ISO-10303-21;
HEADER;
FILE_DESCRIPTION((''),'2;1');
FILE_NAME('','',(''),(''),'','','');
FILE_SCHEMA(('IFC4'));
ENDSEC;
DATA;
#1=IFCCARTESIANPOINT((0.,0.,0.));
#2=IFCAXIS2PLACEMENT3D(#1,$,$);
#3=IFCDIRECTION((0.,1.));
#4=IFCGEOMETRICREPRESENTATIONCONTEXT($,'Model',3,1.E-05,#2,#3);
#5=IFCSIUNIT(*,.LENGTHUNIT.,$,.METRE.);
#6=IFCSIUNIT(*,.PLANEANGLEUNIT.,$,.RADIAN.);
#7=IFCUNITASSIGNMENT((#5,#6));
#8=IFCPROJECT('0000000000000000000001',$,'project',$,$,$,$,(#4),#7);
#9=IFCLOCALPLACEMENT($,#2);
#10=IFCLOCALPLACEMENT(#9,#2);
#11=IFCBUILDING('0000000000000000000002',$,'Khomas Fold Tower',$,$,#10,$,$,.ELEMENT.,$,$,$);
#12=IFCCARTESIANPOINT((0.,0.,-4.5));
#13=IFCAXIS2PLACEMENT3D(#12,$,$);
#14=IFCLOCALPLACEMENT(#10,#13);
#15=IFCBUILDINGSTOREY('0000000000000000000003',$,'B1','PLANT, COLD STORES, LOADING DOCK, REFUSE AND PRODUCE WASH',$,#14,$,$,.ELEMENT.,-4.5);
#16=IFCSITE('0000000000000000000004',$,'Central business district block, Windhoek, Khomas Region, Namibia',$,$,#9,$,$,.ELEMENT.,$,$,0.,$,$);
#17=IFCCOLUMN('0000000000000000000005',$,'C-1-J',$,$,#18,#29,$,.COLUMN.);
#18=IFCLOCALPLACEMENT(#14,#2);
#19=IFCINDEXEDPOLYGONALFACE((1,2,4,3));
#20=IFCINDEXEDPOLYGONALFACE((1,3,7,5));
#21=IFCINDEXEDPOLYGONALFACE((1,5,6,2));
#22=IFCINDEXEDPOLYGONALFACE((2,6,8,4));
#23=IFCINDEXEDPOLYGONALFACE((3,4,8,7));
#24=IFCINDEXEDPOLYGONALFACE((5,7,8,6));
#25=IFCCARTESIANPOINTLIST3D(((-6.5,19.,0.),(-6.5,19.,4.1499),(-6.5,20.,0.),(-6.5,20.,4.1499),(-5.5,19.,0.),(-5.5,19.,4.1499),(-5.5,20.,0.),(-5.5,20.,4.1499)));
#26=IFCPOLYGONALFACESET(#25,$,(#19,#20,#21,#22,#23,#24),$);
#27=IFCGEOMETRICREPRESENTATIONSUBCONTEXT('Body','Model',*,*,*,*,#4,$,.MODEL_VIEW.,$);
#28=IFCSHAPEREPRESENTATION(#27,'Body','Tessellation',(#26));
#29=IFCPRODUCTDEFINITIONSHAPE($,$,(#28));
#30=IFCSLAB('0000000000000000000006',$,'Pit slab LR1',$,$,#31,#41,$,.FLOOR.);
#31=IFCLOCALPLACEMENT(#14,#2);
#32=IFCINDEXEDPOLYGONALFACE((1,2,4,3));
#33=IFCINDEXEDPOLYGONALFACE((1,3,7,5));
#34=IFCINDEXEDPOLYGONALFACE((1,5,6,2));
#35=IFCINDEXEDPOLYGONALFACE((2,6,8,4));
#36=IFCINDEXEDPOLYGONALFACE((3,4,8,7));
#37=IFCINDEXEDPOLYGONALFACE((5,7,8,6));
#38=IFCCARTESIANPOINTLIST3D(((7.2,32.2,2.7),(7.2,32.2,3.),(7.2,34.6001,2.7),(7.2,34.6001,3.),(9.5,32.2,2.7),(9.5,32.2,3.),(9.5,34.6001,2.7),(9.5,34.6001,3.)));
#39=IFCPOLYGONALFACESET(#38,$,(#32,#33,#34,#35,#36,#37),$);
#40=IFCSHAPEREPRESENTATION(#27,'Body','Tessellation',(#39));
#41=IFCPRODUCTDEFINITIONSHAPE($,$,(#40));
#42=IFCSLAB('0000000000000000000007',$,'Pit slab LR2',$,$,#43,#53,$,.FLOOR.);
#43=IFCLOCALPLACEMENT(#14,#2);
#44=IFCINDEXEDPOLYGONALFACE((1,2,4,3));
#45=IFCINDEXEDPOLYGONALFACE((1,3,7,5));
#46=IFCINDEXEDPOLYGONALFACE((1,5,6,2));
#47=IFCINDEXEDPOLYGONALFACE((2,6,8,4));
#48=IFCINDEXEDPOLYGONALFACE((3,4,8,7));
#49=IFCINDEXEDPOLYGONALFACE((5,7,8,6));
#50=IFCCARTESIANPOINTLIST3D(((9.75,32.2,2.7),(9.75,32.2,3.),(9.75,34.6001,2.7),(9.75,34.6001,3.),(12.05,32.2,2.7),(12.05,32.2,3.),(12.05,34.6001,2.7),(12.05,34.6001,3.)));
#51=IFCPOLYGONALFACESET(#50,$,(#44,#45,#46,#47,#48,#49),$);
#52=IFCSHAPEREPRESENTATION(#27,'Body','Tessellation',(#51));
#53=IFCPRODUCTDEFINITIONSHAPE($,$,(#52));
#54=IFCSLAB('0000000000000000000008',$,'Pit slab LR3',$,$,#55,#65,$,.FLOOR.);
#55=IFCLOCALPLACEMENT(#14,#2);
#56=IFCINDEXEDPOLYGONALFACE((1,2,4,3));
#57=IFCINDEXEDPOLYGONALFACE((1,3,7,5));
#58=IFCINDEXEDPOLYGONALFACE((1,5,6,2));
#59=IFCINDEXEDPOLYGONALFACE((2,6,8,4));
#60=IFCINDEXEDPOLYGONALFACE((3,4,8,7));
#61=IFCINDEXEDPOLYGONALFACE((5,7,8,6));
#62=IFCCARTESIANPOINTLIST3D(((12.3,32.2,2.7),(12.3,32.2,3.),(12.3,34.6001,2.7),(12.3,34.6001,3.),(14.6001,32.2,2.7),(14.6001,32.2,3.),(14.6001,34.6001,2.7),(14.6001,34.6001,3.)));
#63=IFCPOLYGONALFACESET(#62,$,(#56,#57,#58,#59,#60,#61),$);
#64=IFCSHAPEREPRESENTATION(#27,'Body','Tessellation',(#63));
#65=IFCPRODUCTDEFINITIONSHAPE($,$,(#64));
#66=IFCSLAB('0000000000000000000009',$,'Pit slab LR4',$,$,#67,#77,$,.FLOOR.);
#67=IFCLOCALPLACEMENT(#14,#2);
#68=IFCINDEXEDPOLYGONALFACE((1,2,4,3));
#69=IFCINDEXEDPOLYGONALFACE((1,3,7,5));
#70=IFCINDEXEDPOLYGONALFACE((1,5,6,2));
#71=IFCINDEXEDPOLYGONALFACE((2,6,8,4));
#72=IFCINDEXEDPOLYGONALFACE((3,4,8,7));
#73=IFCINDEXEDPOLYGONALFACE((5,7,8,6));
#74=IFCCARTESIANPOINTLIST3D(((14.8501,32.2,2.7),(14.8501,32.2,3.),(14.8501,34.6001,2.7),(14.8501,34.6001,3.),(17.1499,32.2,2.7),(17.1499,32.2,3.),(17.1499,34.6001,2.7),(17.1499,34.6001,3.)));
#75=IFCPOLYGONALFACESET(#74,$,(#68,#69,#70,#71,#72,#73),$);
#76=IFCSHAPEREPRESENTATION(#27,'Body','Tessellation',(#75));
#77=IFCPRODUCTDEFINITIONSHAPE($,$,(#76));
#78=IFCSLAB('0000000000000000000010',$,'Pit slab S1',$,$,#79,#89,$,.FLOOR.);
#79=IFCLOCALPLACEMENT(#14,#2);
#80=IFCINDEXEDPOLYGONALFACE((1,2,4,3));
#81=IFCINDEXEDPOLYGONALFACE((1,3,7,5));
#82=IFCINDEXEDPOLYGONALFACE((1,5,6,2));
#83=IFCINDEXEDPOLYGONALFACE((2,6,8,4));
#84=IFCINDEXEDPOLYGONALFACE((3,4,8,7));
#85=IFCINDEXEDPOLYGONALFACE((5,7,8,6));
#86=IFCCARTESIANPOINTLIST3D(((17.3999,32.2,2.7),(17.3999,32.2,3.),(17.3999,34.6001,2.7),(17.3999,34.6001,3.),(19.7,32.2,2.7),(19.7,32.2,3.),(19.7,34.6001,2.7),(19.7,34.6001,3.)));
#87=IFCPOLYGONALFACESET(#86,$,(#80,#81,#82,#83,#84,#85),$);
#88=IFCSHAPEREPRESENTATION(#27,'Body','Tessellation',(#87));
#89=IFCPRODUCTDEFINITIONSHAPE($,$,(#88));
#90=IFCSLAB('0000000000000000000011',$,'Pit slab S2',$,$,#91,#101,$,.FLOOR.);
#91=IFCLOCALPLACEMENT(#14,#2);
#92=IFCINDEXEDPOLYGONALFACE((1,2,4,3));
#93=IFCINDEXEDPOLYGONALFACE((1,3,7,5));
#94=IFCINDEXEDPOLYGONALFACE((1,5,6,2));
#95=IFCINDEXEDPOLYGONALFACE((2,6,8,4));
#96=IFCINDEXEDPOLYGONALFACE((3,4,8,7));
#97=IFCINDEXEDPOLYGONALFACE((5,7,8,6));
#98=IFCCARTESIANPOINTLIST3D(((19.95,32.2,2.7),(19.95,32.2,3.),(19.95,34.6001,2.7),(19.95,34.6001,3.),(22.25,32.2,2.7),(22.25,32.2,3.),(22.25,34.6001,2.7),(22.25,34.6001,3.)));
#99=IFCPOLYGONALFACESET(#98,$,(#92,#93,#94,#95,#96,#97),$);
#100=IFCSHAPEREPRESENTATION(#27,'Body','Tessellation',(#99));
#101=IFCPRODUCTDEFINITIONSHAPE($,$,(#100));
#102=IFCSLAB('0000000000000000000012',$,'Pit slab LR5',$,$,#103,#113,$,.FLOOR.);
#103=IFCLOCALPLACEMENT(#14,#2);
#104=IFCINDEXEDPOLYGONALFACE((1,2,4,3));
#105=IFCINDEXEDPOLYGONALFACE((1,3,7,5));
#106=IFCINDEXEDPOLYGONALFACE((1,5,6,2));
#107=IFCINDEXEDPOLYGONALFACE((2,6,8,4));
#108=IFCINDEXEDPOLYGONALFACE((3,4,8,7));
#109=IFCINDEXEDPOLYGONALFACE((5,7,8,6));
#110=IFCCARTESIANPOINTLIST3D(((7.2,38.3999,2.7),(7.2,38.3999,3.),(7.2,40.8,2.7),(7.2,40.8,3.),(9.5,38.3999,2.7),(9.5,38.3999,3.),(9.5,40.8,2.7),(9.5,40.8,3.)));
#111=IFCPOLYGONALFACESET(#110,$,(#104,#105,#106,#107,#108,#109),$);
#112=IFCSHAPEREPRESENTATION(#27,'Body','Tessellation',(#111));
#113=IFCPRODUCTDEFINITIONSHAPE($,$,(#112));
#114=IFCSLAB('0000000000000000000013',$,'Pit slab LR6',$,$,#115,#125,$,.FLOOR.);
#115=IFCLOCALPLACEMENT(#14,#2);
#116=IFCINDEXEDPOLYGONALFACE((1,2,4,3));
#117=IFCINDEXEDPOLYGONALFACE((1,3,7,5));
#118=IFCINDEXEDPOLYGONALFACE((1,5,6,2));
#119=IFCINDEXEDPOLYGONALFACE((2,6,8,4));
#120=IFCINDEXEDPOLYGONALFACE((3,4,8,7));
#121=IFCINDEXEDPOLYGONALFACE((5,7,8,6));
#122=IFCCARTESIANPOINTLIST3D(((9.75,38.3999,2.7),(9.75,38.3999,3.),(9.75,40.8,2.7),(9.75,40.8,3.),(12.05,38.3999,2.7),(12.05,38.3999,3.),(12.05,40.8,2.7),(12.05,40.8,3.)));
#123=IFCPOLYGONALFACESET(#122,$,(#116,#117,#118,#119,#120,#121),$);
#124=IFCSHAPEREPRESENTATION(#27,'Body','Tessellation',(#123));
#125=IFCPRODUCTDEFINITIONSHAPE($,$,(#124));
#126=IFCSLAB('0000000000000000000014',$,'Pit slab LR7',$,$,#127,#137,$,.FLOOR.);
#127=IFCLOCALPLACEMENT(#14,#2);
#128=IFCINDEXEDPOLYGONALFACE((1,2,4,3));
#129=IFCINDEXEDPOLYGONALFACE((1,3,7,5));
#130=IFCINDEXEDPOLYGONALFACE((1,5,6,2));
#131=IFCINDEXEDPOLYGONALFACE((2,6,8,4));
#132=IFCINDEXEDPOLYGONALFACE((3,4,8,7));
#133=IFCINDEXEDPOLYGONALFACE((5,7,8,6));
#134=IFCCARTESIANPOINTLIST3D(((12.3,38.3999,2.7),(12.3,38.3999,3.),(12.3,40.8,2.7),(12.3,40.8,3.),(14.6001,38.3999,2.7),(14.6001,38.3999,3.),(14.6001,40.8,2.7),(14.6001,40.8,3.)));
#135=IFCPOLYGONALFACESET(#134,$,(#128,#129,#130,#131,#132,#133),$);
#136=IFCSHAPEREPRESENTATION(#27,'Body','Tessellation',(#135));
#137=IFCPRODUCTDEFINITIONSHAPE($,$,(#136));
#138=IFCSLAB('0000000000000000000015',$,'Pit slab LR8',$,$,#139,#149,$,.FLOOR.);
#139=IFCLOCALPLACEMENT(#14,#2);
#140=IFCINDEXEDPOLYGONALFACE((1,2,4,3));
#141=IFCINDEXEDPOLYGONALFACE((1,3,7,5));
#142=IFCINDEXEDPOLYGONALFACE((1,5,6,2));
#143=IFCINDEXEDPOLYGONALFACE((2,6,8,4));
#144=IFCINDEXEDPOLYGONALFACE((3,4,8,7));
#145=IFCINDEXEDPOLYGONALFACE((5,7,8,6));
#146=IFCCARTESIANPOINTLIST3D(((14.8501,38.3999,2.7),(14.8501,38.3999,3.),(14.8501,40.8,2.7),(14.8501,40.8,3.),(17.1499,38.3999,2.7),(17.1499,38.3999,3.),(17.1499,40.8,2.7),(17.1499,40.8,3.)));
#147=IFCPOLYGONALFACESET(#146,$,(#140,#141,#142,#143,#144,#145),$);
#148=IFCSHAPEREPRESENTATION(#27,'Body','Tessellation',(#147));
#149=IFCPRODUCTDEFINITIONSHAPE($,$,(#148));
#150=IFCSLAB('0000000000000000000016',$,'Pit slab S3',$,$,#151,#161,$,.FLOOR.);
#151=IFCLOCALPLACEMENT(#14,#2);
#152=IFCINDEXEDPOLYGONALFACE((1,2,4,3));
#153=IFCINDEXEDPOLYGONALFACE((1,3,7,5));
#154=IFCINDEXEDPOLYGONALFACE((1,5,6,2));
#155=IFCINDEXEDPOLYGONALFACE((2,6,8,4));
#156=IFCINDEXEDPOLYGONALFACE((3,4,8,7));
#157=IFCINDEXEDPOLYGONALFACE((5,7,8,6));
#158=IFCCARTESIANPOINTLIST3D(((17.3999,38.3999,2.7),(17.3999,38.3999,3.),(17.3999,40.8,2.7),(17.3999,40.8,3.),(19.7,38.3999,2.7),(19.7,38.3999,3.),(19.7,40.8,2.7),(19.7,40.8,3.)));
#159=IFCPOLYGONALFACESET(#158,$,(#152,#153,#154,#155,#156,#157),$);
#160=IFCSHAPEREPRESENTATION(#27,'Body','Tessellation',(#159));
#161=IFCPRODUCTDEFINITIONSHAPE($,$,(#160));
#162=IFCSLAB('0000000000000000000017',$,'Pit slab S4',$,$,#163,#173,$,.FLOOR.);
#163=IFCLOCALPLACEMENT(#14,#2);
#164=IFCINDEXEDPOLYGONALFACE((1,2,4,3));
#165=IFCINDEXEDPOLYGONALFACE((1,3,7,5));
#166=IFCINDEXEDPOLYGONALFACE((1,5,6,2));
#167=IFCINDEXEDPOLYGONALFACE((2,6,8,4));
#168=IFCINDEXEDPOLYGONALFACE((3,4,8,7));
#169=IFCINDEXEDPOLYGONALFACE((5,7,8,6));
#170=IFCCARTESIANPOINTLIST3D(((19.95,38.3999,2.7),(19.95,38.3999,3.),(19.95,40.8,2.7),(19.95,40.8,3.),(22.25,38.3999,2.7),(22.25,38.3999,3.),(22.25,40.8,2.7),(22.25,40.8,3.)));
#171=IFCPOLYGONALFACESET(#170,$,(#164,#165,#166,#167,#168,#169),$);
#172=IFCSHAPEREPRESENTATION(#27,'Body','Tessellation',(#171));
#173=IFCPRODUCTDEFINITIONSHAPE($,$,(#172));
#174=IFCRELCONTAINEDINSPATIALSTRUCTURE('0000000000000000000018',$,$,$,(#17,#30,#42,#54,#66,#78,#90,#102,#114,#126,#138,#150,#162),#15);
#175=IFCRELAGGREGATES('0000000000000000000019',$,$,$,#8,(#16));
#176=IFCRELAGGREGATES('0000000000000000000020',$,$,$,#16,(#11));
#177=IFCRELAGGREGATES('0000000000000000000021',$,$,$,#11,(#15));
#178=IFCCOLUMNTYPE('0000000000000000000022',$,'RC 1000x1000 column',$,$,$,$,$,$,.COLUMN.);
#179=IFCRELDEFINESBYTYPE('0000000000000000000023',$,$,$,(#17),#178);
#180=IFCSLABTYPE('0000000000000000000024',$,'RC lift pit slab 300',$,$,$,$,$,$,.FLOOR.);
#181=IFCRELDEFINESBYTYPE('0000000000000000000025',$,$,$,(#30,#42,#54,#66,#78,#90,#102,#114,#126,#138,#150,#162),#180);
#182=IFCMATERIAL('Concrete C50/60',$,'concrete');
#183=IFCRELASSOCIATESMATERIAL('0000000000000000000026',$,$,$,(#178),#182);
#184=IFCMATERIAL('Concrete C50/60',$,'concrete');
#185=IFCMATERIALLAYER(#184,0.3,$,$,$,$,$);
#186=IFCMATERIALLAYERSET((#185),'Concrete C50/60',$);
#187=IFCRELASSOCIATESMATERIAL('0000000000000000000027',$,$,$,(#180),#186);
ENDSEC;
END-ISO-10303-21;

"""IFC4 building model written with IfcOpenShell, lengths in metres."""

from ifc_helpers import new_model, si_unit, direction, frame, origin, origin_2d, place, context, subcontext, project, spatial, polyline, rectangle, outline, extrude, source, transform, mapped, material, layer, layer_set, material_profile, profile_set, type_object, element, save


model = new_model("IFC4")

# Units and contexts
model_context = context("Model", 3, precision=1e-05, world=origin(), true_north=direction((0.0, 1.0)))
body_context = subcontext(model_context, "Body", "Model", "MODEL_VIEW")
ifc_project = project(units=[si_unit("LENGTHUNIT", "METRE"), si_unit("PLANEANGLEUNIT", "RADIAN")], contexts=[model_context])

# Site, building, storey
site_placement = place(None, origin())
site = spatial("IfcSite", under=ifc_project, at=site_placement, Name="Central business district block, Windhoek, Khomas Region, Namibia", CompositionType="ELEMENT", RefElevation=0.0)
building_placement = place(site_placement, origin())
building = spatial("IfcBuilding", under=site, at=building_placement, Name="Khomas Fold Tower", CompositionType="ELEMENT")
storey_placement = place(building_placement, frame((0.0, 0.0, -4.5)))
storey = spatial("IfcBuildingStorey", under=building, at=storey_placement, Name="B1", Description="PLANT, COLD STORES, LOADING DOCK, REFUSE AND PRODUCE WASH", CompositionType="ELEMENT", Elevation=-4.5)

# Column
ifc_material_1 = material(Name="Concrete C50/60", Category="concrete")
ifc_material_profile = material_profile(ifc_material_1, rectangle(XDim=1.0, YDim=1.0, at=origin_2d()), Name="RC 1000x1000")
ifc_profile_set = profile_set([ifc_material_profile], Name="Concrete C50/60")
column_type = type_object("IfcColumnType", Name="RC 1000x1000 column", PredefinedType="COLUMN", material=ifc_profile_set)
shared_shape_1 = source(origin(), body_context, "Body", "SweptSolid", [
    extrude(rectangle(XDim=1.0, YDim=1.0, at=origin_2d()), origin(), (0.0, 0.0, 1.0), 4.1499),
])
column_placement = place(storey_placement, frame((-6.0, 19.5, 0.0), z_axis=(0.0, 0.0, 1.0), x_axis=(1.0, 0.0, 0.0)))
element("IfcColumn", 1, at=column_placement, inside=storey, type_object=column_type, Name="C-1-J", PredefinedType="COLUMN", context=body_context, shape_type="MappedRepresentation", body=[
    mapped(shared_shape_1, transform((0.0, 0.0, 0.0))),
])

# Slabs
ifc_material_2 = material(Name="Concrete C50/60", Category="concrete")
ifc_layer_1 = layer(ifc_material_2, 0.3)
ifc_layer_set_1 = layer_set([ifc_layer_1], Name="Concrete C50/60")
slab_type_1 = type_object("IfcSlabType", Name="RC lift pit slab 300", PredefinedType="FLOOR", material=ifc_layer_set_1)
shared_shape_2 = source(origin(), body_context, "Body", "SweptSolid", [
    extrude(outline(polyline([(7.2, 32.2), (9.5, 32.2), (9.5, 34.6001), (7.2, 34.6001), (7.2, 32.2)])), origin(), (0.0, 0.0, 1.0), 0.3),
])
slab_1_placement = place(storey_placement, frame((0.0, 0.0, 2.7)))
element("IfcSlab", 2, at=slab_1_placement, inside=storey, type_object=slab_type_1, Name="Pit slab LR1", PredefinedType="FLOOR", context=body_context, shape_type="MappedRepresentation", body=[
    mapped(shared_shape_2, transform((0.0, 0.0, 0.0))),
])
shared_shape_3 = source(origin(), body_context, "Body", "SweptSolid", [
    extrude(outline(polyline([(9.75, 32.2), (12.05, 32.2), (12.05, 34.6001), (9.75, 34.6001), (9.75, 32.2)])), origin(), (0.0, 0.0, 1.0), 0.3),
])
slab_2_placement = place(storey_placement, frame((0.0, 0.0, 2.7)))
element("IfcSlab", 3, at=slab_2_placement, inside=storey, type_object=slab_type_1, Name="Pit slab LR2", PredefinedType="FLOOR", context=body_context, shape_type="MappedRepresentation", body=[
    mapped(shared_shape_3, transform((0.0, 0.0, 0.0))),
])
shared_shape_4 = source(origin(), body_context, "Body", "SweptSolid", [
    extrude(outline(polyline([(12.3, 32.2), (14.6001, 32.2), (14.6001, 34.6001), (12.3, 34.6001), (12.3, 32.2)])), origin(), (0.0, 0.0, 1.0), 0.3),
])
slab_3_placement = place(storey_placement, frame((0.0, 0.0, 2.7)))
element("IfcSlab", 4, at=slab_3_placement, inside=storey, type_object=slab_type_1, Name="Pit slab LR3", PredefinedType="FLOOR", context=body_context, shape_type="MappedRepresentation", body=[
    mapped(shared_shape_4, transform((0.0, 0.0, 0.0))),
])
shared_shape_5 = source(origin(), body_context, "Body", "SweptSolid", [
    extrude(outline(polyline([(14.8501, 32.2), (17.1499, 32.2), (17.1499, 34.6001), (14.8501, 34.6001), (14.8501, 32.2)])), origin(), (0.0, 0.0, 1.0), 0.3),
])
slab_4_placement = place(storey_placement, frame((0.0, 0.0, 2.7)))
element("IfcSlab", 5, at=slab_4_placement, inside=storey, type_object=slab_type_1, Name="Pit slab LR4", PredefinedType="FLOOR", context=body_context, shape_type="MappedRepresentation", body=[
    mapped(shared_shape_5, transform((0.0, 0.0, 0.0))),
])
shared_shape_6 = source(origin(), body_context, "Body", "SweptSolid", [
    extrude(outline(polyline([(17.3999, 32.2), (19.7, 32.2), (19.7, 34.6001), (17.3999, 34.6001), (17.3999, 32.2)])), origin(), (0.0, 0.0, 1.0), 0.3),
])
slab_5_placement = place(storey_placement, frame((0.0, 0.0, 2.7)))
element("IfcSlab", 6, at=slab_5_placement, inside=storey, type_object=slab_type_1, Name="Pit slab S1", PredefinedType="FLOOR", context=body_context, shape_type="MappedRepresentation", body=[
    mapped(shared_shape_6, transform((0.0, 0.0, 0.0))),
])
shared_shape_7 = source(origin(), body_context, "Body", "SweptSolid", [
    extrude(outline(polyline([(19.95, 32.2), (22.25, 32.2), (22.25, 34.6001), (19.95, 34.6001), (19.95, 32.2)])), origin(), (0.0, 0.0, 1.0), 0.3),
])
slab_6_placement = place(storey_placement, frame((0.0, 0.0, 2.7)))
element("IfcSlab", 7, at=slab_6_placement, inside=storey, type_object=slab_type_1, Name="Pit slab S2", PredefinedType="FLOOR", context=body_context, shape_type="MappedRepresentation", body=[
    mapped(shared_shape_7, transform((0.0, 0.0, 0.0))),
])
shared_shape_8 = source(origin(), body_context, "Body", "SweptSolid", [
    extrude(outline(polyline([(7.2, 38.3999), (9.5, 38.3999), (9.5, 40.8), (7.2, 40.8), (7.2, 38.3999)])), origin(), (0.0, 0.0, 1.0), 0.3),
])
slab_7_placement = place(storey_placement, frame((0.0, 0.0, 2.7)))
element("IfcSlab", 8, at=slab_7_placement, inside=storey, type_object=slab_type_1, Name="Pit slab LR5", PredefinedType="FLOOR", context=body_context, shape_type="MappedRepresentation", body=[
    mapped(shared_shape_8, transform((0.0, 0.0, 0.0))),
])
shared_shape_9 = source(origin(), body_context, "Body", "SweptSolid", [
    extrude(outline(polyline([(9.75, 38.3999), (12.05, 38.3999), (12.05, 40.8), (9.75, 40.8), (9.75, 38.3999)])), origin(), (0.0, 0.0, 1.0), 0.3),
])
slab_8_placement = place(storey_placement, frame((0.0, 0.0, 2.7)))
element("IfcSlab", 9, at=slab_8_placement, inside=storey, type_object=slab_type_1, Name="Pit slab LR6", PredefinedType="FLOOR", context=body_context, shape_type="MappedRepresentation", body=[
    mapped(shared_shape_9, transform((0.0, 0.0, 0.0))),
])
shared_shape_10 = source(origin(), body_context, "Body", "SweptSolid", [
    extrude(outline(polyline([(12.3, 38.3999), (14.6001, 38.3999), (14.6001, 40.8), (12.3, 40.8), (12.3, 38.3999)])), origin(), (0.0, 0.0, 1.0), 0.3),
])
slab_9_placement = place(storey_placement, frame((0.0, 0.0, 2.7)))
element("IfcSlab", 10, at=slab_9_placement, inside=storey, type_object=slab_type_1, Name="Pit slab LR7", PredefinedType="FLOOR", context=body_context, shape_type="MappedRepresentation", body=[
    mapped(shared_shape_10, transform((0.0, 0.0, 0.0))),
])
shared_shape_11 = source(origin(), body_context, "Body", "SweptSolid", [
    extrude(outline(polyline([(14.8501, 38.3999), (17.1499, 38.3999), (17.1499, 40.8), (14.8501, 40.8), (14.8501, 38.3999)])), origin(), (0.0, 0.0, 1.0), 0.3),
])
slab_10_placement = place(storey_placement, frame((0.0, 0.0, 2.7)))
element("IfcSlab", 11, at=slab_10_placement, inside=storey, type_object=slab_type_1, Name="Pit slab LR8", PredefinedType="FLOOR", context=body_context, shape_type="MappedRepresentation", body=[
    mapped(shared_shape_11, transform((0.0, 0.0, 0.0))),
])
shared_shape_12 = source(origin(), body_context, "Body", "SweptSolid", [
    extrude(outline(polyline([(17.3999, 38.3999), (19.7, 38.3999), (19.7, 40.8), (17.3999, 40.8), (17.3999, 38.3999)])), origin(), (0.0, 0.0, 1.0), 0.3),
])
slab_11_placement = place(storey_placement, frame((0.0, 0.0, 2.7)))
element("IfcSlab", 12, at=slab_11_placement, inside=storey, type_object=slab_type_1, Name="Pit slab S3", PredefinedType="FLOOR", context=body_context, shape_type="MappedRepresentation", body=[
    mapped(shared_shape_12, transform((0.0, 0.0, 0.0))),
])
shared_shape_13 = source(origin(), body_context, "Body", "SweptSolid", [
    extrude(outline(polyline([(19.95, 38.3999), (22.25, 38.3999), (22.25, 40.8), (19.95, 40.8), (19.95, 38.3999)])), origin(), (0.0, 0.0, 1.0), 0.3),
])
slab_12_placement = place(storey_placement, frame((0.0, 0.0, 2.7)))
element("IfcSlab", 13, at=slab_12_placement, inside=storey, type_object=slab_type_1, Name="Pit slab S4", PredefinedType="FLOOR", context=body_context, shape_type="MappedRepresentation", body=[
    mapped(shared_shape_13, transform((0.0, 0.0, 0.0))),
])

save(model, "model.ifc")
